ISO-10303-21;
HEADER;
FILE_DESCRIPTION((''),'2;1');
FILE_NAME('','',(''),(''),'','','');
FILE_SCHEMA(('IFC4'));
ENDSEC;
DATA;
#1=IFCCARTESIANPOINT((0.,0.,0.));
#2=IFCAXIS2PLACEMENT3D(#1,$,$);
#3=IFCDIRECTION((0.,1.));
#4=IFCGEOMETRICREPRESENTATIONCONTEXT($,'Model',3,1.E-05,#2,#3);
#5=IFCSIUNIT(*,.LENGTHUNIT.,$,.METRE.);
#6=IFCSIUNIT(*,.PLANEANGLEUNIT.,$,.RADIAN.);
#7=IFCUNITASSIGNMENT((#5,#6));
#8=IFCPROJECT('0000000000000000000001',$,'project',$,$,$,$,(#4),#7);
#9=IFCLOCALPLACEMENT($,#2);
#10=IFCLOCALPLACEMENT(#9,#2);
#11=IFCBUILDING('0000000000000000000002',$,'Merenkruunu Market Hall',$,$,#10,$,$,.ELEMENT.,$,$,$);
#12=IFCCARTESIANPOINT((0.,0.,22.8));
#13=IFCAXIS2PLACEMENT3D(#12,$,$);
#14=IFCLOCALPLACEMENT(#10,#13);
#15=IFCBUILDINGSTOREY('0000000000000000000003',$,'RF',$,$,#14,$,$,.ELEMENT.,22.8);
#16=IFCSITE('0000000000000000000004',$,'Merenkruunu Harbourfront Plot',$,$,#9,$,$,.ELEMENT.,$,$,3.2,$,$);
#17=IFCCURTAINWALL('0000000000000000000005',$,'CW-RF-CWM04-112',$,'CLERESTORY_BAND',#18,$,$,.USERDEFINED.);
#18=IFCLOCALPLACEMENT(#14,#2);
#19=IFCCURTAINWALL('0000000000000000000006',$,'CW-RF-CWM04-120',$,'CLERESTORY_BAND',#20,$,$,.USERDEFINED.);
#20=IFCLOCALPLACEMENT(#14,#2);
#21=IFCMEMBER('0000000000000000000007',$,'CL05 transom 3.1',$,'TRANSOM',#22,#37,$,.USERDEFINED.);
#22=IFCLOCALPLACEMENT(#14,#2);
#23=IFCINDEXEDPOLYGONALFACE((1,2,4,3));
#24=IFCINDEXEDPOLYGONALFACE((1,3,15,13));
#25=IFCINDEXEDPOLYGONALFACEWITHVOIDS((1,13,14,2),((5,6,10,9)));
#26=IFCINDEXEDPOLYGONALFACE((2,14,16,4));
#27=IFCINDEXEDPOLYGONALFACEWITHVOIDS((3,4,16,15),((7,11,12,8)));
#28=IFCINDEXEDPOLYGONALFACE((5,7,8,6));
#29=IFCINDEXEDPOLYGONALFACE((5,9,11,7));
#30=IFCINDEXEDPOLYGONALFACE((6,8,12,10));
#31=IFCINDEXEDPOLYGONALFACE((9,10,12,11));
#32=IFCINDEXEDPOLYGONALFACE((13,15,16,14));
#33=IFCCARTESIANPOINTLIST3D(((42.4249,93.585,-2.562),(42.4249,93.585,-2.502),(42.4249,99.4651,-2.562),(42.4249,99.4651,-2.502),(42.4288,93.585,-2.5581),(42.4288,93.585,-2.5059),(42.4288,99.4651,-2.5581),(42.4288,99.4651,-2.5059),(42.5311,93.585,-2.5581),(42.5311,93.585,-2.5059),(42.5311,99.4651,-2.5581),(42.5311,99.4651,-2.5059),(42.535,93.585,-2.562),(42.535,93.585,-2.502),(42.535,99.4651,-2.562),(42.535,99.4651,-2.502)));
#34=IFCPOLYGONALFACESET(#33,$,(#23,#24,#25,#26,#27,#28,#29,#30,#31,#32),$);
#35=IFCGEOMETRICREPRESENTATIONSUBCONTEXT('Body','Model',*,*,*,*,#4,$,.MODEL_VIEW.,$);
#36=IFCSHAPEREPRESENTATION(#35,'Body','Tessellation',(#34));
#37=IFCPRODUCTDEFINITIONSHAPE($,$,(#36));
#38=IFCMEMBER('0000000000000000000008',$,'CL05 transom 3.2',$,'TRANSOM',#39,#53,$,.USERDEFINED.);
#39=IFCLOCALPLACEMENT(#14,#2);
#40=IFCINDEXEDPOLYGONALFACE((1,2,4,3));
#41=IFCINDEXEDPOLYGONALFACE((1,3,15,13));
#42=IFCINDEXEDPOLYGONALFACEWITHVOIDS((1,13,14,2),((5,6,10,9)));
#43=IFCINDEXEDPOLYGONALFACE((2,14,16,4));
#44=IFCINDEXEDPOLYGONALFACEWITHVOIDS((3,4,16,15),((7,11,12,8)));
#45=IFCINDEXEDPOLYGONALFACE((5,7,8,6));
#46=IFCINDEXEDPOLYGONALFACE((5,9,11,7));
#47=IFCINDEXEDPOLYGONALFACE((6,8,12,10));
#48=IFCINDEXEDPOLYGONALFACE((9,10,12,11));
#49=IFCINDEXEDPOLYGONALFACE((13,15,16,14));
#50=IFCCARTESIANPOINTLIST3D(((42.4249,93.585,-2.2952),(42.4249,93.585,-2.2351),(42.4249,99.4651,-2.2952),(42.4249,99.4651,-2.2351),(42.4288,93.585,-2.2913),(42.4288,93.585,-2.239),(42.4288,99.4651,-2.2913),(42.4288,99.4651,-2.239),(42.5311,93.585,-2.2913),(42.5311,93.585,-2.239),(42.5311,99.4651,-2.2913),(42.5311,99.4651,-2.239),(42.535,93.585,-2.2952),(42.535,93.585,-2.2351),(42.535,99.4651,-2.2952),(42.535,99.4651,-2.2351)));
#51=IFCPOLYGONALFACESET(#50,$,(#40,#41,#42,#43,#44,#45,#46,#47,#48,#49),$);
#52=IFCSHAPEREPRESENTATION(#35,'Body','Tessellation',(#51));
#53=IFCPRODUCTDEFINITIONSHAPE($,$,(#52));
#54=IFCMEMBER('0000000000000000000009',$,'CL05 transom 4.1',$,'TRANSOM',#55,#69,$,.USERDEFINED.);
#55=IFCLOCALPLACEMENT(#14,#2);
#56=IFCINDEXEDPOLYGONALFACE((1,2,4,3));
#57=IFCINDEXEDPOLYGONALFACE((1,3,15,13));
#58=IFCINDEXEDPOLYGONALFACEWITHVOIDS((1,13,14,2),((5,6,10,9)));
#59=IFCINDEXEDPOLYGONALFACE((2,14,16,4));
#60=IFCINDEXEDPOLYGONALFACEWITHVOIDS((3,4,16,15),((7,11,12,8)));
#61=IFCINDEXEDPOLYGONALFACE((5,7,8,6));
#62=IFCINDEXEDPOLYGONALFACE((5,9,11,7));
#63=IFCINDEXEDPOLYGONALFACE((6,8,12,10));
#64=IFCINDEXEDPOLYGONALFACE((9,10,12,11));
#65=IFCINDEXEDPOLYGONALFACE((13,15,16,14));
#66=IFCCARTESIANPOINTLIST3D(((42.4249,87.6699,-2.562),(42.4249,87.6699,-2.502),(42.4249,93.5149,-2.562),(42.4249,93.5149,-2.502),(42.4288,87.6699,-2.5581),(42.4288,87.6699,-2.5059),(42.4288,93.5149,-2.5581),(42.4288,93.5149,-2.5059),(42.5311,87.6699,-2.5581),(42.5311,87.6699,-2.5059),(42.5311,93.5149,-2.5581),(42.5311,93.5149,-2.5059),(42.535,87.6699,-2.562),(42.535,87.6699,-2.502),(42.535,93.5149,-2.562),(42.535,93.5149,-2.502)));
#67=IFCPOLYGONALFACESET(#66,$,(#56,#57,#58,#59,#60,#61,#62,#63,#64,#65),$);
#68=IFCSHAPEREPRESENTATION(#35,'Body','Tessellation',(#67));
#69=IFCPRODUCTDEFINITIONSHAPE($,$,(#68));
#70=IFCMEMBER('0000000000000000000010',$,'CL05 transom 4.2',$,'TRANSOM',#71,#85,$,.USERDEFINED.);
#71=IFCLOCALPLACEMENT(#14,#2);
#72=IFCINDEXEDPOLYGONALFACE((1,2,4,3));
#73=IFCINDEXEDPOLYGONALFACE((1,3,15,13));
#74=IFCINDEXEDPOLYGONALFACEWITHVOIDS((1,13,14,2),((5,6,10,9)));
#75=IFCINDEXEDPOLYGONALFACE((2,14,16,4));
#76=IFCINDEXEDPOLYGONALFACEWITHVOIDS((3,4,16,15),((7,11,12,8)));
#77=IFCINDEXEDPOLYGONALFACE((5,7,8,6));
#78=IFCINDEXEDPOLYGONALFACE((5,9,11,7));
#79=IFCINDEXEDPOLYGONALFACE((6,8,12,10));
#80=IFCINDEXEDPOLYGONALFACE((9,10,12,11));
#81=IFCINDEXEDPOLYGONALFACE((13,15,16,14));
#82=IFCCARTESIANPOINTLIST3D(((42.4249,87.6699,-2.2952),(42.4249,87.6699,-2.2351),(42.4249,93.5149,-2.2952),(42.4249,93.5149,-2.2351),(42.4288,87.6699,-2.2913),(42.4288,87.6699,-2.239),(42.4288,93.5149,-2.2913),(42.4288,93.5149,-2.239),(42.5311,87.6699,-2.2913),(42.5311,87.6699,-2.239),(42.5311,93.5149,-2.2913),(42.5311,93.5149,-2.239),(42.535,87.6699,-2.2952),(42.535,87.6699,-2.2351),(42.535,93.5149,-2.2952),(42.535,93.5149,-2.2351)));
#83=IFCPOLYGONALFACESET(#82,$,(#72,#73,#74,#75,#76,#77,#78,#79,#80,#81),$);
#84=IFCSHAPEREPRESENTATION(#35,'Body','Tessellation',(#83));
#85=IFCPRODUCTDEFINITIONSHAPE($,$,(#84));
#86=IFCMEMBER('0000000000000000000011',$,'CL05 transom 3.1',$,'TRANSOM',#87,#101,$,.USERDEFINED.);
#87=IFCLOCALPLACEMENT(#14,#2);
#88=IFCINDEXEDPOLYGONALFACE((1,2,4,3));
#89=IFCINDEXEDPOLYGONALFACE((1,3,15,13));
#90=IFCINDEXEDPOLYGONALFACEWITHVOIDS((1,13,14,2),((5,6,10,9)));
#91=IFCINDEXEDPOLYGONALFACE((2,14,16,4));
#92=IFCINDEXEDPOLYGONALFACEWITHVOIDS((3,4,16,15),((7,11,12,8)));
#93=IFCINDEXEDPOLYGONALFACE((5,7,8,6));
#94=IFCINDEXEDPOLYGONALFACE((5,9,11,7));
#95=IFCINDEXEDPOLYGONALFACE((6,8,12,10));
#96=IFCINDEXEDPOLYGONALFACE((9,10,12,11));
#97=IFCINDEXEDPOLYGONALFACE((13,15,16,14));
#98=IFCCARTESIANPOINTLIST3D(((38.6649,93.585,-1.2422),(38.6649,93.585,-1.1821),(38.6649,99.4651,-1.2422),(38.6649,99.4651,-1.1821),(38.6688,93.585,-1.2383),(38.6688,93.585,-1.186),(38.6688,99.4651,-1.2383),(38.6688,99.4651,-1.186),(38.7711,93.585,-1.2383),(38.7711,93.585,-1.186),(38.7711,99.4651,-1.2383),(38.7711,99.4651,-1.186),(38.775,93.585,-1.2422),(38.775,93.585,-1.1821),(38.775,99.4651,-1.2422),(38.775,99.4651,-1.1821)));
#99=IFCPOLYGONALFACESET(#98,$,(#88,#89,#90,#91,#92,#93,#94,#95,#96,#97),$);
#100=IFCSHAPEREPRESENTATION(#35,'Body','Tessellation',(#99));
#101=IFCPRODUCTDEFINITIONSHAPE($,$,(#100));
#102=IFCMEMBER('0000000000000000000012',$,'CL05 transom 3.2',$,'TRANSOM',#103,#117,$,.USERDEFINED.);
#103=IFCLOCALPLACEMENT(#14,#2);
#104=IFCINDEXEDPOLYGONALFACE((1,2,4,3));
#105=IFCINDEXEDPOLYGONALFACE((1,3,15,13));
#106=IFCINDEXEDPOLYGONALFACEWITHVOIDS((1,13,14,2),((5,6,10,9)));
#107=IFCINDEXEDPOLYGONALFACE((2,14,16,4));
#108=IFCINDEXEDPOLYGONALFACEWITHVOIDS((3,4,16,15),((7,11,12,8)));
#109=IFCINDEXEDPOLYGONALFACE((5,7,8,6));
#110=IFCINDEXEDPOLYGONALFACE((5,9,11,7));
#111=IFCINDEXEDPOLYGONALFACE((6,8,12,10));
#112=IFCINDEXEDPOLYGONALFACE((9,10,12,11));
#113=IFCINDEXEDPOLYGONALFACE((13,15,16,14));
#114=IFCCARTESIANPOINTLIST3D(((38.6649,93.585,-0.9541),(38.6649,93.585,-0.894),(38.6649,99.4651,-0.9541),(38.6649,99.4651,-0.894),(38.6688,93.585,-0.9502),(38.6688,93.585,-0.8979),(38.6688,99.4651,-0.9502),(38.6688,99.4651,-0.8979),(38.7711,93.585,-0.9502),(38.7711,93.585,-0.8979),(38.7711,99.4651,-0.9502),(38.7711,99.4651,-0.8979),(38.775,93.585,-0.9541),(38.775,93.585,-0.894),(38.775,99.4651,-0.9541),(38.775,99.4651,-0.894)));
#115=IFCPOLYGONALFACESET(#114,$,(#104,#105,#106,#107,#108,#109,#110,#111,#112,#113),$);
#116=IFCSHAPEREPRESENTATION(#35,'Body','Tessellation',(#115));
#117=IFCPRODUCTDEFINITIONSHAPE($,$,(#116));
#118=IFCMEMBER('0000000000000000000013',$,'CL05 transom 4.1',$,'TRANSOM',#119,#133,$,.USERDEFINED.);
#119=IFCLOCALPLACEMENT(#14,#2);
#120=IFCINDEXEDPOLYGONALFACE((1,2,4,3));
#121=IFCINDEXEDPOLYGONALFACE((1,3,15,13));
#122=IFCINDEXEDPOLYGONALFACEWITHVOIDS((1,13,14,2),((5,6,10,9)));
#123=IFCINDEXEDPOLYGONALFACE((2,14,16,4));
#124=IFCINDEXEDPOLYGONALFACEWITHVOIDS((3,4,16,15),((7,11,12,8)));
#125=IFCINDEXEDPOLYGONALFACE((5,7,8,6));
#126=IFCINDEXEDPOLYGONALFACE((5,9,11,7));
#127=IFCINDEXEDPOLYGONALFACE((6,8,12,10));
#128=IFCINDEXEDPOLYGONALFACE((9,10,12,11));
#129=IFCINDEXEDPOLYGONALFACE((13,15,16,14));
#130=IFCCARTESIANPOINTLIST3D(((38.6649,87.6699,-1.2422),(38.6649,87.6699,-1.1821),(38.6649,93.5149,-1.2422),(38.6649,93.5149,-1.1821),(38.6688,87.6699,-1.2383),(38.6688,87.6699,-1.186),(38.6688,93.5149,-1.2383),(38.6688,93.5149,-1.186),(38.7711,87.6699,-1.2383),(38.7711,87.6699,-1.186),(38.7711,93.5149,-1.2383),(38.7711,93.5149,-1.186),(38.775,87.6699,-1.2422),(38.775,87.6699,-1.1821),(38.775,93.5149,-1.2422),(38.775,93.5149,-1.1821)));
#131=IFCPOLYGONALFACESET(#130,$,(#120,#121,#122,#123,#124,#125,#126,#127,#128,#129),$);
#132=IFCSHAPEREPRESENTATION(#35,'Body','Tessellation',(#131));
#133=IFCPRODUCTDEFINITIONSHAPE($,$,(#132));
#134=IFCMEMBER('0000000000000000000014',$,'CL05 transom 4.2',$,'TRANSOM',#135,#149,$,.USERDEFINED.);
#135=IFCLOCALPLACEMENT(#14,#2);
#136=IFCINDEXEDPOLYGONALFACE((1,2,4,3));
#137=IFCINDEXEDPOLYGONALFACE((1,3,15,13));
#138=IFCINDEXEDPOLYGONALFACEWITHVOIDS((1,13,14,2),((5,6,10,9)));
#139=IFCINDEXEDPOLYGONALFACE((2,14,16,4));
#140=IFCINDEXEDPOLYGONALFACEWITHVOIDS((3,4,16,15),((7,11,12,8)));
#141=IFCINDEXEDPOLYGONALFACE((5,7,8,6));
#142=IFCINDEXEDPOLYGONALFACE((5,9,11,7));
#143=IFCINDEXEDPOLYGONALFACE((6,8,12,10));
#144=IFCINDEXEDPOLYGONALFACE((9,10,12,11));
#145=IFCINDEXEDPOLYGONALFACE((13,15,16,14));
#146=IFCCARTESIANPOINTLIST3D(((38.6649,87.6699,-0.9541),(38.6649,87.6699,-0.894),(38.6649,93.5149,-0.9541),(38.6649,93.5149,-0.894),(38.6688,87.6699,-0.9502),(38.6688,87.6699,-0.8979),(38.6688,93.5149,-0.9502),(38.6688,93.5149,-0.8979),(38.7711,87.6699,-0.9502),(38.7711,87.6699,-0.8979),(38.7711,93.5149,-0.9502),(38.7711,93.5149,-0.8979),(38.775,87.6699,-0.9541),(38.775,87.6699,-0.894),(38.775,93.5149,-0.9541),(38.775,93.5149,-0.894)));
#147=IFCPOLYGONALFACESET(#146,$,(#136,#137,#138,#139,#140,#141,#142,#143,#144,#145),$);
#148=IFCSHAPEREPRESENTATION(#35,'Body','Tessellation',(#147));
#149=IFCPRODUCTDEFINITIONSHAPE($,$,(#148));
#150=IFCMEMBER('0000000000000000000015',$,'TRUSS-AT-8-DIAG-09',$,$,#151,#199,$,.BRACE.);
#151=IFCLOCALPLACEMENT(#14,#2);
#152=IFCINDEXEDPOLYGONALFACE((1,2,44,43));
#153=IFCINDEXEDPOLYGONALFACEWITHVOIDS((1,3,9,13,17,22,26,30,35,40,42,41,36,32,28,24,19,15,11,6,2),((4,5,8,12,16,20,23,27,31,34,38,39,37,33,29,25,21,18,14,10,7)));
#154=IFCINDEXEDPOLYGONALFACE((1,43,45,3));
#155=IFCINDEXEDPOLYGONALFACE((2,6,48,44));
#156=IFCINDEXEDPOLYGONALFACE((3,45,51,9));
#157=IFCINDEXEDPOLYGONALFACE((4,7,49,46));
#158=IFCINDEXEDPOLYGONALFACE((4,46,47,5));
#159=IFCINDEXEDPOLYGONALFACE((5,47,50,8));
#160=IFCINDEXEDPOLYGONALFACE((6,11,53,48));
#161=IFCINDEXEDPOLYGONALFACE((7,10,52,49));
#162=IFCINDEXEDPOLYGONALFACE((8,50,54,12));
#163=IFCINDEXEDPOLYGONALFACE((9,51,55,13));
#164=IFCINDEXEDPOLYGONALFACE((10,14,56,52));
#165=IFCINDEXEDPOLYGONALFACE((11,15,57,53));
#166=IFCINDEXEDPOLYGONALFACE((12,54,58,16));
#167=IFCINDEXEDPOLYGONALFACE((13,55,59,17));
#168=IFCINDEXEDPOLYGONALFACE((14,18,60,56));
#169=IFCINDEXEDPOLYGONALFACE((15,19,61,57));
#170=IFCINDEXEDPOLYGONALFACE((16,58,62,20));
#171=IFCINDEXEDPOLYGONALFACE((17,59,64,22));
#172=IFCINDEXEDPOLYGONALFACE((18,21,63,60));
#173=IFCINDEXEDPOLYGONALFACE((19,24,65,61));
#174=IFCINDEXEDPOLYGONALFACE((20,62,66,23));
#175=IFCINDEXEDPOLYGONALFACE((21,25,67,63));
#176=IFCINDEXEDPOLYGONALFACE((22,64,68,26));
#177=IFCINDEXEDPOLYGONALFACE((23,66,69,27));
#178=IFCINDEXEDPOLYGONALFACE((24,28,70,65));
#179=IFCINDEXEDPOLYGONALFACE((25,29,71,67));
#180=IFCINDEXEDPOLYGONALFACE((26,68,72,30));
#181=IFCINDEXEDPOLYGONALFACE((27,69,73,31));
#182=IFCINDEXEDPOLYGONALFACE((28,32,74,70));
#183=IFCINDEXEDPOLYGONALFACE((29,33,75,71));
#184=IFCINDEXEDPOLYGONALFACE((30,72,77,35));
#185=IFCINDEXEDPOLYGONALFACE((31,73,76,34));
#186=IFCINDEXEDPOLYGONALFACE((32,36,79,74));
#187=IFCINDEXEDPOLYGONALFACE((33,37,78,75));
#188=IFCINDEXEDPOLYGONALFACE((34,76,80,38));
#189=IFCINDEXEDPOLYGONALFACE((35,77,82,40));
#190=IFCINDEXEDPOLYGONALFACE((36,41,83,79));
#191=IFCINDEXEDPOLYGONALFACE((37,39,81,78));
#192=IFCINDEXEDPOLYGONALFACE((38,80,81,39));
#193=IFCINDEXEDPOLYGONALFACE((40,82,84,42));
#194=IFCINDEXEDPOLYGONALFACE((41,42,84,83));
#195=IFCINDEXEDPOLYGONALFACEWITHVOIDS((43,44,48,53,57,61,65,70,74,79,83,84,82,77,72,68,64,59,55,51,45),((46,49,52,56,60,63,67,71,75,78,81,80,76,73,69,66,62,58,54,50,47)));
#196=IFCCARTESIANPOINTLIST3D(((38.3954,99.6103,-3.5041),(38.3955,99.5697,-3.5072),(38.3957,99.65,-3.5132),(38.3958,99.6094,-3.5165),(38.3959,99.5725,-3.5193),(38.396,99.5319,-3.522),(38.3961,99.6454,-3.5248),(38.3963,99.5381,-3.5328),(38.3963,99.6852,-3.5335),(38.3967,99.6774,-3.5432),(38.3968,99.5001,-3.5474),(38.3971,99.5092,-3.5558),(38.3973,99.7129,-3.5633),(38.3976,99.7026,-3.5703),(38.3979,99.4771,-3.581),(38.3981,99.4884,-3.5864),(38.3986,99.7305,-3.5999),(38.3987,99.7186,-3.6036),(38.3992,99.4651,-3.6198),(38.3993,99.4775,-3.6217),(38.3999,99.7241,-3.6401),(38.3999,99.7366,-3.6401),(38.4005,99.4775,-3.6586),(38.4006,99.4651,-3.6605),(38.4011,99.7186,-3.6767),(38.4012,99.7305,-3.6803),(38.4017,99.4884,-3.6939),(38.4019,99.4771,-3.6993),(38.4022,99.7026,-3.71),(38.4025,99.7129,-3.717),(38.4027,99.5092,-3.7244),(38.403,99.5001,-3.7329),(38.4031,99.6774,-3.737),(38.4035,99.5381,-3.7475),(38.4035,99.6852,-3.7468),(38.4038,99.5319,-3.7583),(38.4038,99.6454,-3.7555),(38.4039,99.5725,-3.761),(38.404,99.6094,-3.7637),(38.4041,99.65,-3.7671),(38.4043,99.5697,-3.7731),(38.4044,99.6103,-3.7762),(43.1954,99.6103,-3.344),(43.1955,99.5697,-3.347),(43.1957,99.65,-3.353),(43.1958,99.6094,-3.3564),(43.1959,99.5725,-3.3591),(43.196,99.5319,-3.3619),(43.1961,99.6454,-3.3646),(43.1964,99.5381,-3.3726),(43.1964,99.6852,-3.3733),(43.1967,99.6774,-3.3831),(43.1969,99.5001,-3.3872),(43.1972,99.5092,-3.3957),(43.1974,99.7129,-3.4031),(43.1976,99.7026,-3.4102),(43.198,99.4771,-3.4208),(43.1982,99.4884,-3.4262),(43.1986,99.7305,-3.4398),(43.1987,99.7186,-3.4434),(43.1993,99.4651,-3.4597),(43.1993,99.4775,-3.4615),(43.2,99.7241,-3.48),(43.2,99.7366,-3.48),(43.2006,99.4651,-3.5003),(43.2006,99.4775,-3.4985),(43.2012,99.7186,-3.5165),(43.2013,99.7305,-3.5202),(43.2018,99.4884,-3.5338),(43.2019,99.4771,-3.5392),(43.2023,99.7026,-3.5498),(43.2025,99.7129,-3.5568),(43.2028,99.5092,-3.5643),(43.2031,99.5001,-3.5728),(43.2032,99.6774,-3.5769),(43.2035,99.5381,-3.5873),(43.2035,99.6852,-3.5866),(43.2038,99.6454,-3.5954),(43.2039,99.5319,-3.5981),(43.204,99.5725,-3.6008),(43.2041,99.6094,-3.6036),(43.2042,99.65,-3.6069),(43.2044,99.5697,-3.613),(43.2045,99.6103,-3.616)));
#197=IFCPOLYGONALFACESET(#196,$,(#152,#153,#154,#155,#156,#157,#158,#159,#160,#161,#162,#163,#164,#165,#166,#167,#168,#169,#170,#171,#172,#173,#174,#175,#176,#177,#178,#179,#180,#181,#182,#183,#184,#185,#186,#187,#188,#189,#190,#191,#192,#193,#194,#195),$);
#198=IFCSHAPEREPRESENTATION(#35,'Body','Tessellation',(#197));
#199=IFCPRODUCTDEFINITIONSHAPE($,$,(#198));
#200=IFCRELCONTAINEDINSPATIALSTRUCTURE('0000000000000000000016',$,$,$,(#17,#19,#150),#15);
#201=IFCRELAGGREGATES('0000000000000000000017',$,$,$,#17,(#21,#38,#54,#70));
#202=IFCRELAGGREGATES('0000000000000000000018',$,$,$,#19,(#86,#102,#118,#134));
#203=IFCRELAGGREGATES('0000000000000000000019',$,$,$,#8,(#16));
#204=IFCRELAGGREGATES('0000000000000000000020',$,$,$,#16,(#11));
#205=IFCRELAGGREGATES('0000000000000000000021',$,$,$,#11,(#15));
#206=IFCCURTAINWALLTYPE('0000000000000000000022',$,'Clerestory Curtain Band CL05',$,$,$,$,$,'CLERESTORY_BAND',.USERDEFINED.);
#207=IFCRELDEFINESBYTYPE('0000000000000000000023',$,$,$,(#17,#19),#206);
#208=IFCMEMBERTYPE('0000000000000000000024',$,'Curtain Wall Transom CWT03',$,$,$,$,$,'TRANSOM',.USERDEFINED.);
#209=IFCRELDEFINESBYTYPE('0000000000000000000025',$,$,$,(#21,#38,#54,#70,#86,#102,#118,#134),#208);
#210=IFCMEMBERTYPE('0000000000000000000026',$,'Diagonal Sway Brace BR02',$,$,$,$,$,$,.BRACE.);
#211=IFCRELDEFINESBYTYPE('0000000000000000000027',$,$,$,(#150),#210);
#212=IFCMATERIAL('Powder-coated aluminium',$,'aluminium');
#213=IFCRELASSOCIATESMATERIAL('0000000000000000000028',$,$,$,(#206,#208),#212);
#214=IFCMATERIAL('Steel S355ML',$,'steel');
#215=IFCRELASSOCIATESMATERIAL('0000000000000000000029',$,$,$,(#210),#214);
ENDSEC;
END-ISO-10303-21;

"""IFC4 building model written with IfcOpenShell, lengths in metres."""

from ifc_helpers import new_model, si_unit, direction, frame, origin, origin_2d, place, context, subcontext, project, spatial, hollow_rectangle, hollow_circle, extrude, material, material_profile, profile_set, type_object, element, aggregate, save


model = new_model("IFC4")

# Units and contexts
model_context = context("Model", 3, precision=1e-05, world=origin(), true_north=direction((0.0, 1.0)))
body_context = subcontext(model_context, "Body", "Model", "MODEL_VIEW")
ifc_project = project(units=[si_unit("LENGTHUNIT", "METRE"), si_unit("PLANEANGLEUNIT", "RADIAN")], contexts=[model_context])

# Site, building, storey
site_placement = place(None, origin())
site = spatial("IfcSite", under=ifc_project, at=site_placement, Name="Merenkruunu Harbourfront Plot", CompositionType="ELEMENT", RefElevation=3.2)
building_placement = place(site_placement, origin())
building = spatial("IfcBuilding", under=site, at=building_placement, Name="Merenkruunu Market Hall", CompositionType="ELEMENT")
storey_placement = place(building_placement, frame((0.0, 0.0, 22.8)))
storey = spatial("IfcBuildingStorey", under=building, at=storey_placement, Name="RF", CompositionType="ELEMENT", Elevation=22.8)

# Shared definitions
ifc_material_1 = material(Name="Steel S355ML", Category="steel")

# Curtain walls
ifc_material_2 = material(Name="Powder-coated aluminium", Category="aluminium")
curtain_wall_type = type_object("IfcCurtainWallType", Name="Clerestory Curtain Band CL05", ElementType="CLERESTORY_BAND", PredefinedType="USERDEFINED", material=ifc_material_2)
curtain_wall_1_placement = place(storey_placement, origin())
curtain_wall_1 = element("IfcCurtainWall", 1, at=curtain_wall_1_placement, inside=storey, type_object=curtain_wall_type, Name="CW-RF-CWM04-112", ObjectType="CLERESTORY_BAND", PredefinedType="USERDEFINED")
curtain_wall_2_placement = place(storey_placement, origin())
curtain_wall_2 = element("IfcCurtainWall", 2, at=curtain_wall_2_placement, inside=storey, type_object=curtain_wall_type, Name="CW-RF-CWM04-120", ObjectType="CLERESTORY_BAND", PredefinedType="USERDEFINED")

# Members
ifc_material_profile_1 = material_profile(ifc_material_2, hollow_rectangle(XDim=0.0601, YDim=0.1101, WallThickness=0.0039, at=origin_2d()), Name="ALU 60x110x4")
ifc_profile_set_1 = profile_set([ifc_material_profile_1], Name="Powder-coated aluminium")
member_type_1 = type_object("IfcMemberType", Name="Curtain Wall Transom CWT03", ElementType="TRANSOM", PredefinedType="USERDEFINED", material=ifc_profile_set_1)
member_1_placement = place(storey_placement, frame((42.48, 99.4651, -2.532), z_axis=(0.0, -1.0, 0.0), x_axis=(0.0, 0.0, 1.0)))
member_1 = element("IfcMember", 3, at=member_1_placement, type_object=member_type_1, Name="CL05 transom 3.1", ObjectType="TRANSOM", PredefinedType="USERDEFINED", context=body_context, shape_type="SweptSolid", body=[
    extrude(hollow_rectangle(XDim=0.0601, YDim=0.1101, WallThickness=0.0039, at=origin_2d()), origin(), (0.0, 0.0, 1.0), 5.8801),
])
member_2_placement = place(storey_placement, frame((42.48, 99.4651, -2.2651), z_axis=(0.0, -1.0, 0.0), x_axis=(0.0, 0.0, 1.0)))
member_2 = element("IfcMember", 4, at=member_2_placement, type_object=member_type_1, Name="CL05 transom 3.2", ObjectType="TRANSOM", PredefinedType="USERDEFINED", context=body_context, shape_type="SweptSolid", body=[
    extrude(hollow_rectangle(XDim=0.0601, YDim=0.1101, WallThickness=0.0039, at=origin_2d()), origin(), (0.0, 0.0, 1.0), 5.8801),
])
member_3_placement = place(storey_placement, frame((42.48, 93.5149, -2.532), z_axis=(0.0, -1.0, 0.0), x_axis=(0.0, 0.0, 1.0)))
member_3 = element("IfcMember", 5, at=member_3_placement, type_object=member_type_1, Name="CL05 transom 4.1", ObjectType="TRANSOM", PredefinedType="USERDEFINED", context=body_context, shape_type="SweptSolid", body=[
    extrude(hollow_rectangle(XDim=0.0601, YDim=0.1101, WallThickness=0.0039, at=origin_2d()), origin(), (0.0, 0.0, 1.0), 5.845),
])
member_4_placement = place(storey_placement, frame((42.48, 93.5149, -2.2651), z_axis=(0.0, -1.0, 0.0), x_axis=(0.0, 0.0, 1.0)))
member_4 = element("IfcMember", 6, at=member_4_placement, type_object=member_type_1, Name="CL05 transom 4.2", ObjectType="TRANSOM", PredefinedType="USERDEFINED", context=body_context, shape_type="SweptSolid", body=[
    extrude(hollow_rectangle(XDim=0.0601, YDim=0.1101, WallThickness=0.0039, at=origin_2d()), origin(), (0.0, 0.0, 1.0), 5.845),
])
member_5_placement = place(storey_placement, frame((38.72, 99.4651, -1.2122), z_axis=(0.0, -1.0, 0.0), x_axis=(0.0, 0.0, 1.0)))
member_5 = element("IfcMember", 7, at=member_5_placement, type_object=member_type_1, Name="CL05 transom 3.1", ObjectType="TRANSOM", PredefinedType="USERDEFINED", context=body_context, shape_type="SweptSolid", body=[
    extrude(hollow_rectangle(XDim=0.0601, YDim=0.1101, WallThickness=0.0039, at=origin_2d()), origin(), (0.0, 0.0, 1.0), 5.8801),
])
member_6_placement = place(storey_placement, frame((38.72, 99.4651, -0.9241), z_axis=(0.0, -1.0, 0.0), x_axis=(0.0, 0.0, 1.0)))
member_6 = element("IfcMember", 8, at=member_6_placement, type_object=member_type_1, Name="CL05 transom 3.2", ObjectType="TRANSOM", PredefinedType="USERDEFINED", context=body_context, shape_type="SweptSolid", body=[
    extrude(hollow_rectangle(XDim=0.0601, YDim=0.1101, WallThickness=0.0039, at=origin_2d()), origin(), (0.0, 0.0, 1.0), 5.8801),
])
member_7_placement = place(storey_placement, frame((38.72, 93.5149, -1.2122), z_axis=(0.0, -1.0, 0.0), x_axis=(0.0, 0.0, 1.0)))
member_7 = element("IfcMember", 9, at=member_7_placement, type_object=member_type_1, Name="CL05 transom 4.1", ObjectType="TRANSOM", PredefinedType="USERDEFINED", context=body_context, shape_type="SweptSolid", body=[
    extrude(hollow_rectangle(XDim=0.0601, YDim=0.1101, WallThickness=0.0039, at=origin_2d()), origin(), (0.0, 0.0, 1.0), 5.845),
])
member_8_placement = place(storey_placement, frame((38.72, 93.5149, -0.9241), z_axis=(0.0, -1.0, 0.0), x_axis=(0.0, 0.0, 1.0)))
member_8 = element("IfcMember", 10, at=member_8_placement, type_object=member_type_1, Name="CL05 transom 4.2", ObjectType="TRANSOM", PredefinedType="USERDEFINED", context=body_context, shape_type="SweptSolid", body=[
    extrude(hollow_rectangle(XDim=0.0601, YDim=0.1101, WallThickness=0.0039, at=origin_2d()), origin(), (0.0, 0.0, 1.0), 5.845),
])

# Member
ifc_material_profile_2 = material_profile(ifc_material_1, hollow_circle(Radius=0.1365, WallThickness=0.0125, at=origin_2d()), Name="CHS 273x12.5")
ifc_profile_set_2 = profile_set([ifc_material_profile_2], Name="Steel S355ML")
member_type_2 = type_object("IfcMemberType", Name="Diagonal Sway Brace BR02", PredefinedType="BRACE", material=ifc_profile_set_2)
member_9_placement = place(storey_placement, frame((38.3999, 99.6001, -3.6401), z_axis=(0.999444, 0.0, 0.033347), x_axis=(0.0, 1.0, 0.0)))
element("IfcMember", 11, at=member_9_placement, inside=storey, type_object=member_type_2, Name="TRUSS-AT-8-DIAG-09", PredefinedType="BRACE", context=body_context, shape_type="SweptSolid", body=[
    extrude(hollow_circle(Radius=0.1365, WallThickness=0.0125, at=origin_2d()), origin(), (0.0, 0.0, 1.0), 4.8027),
])

aggregate(curtain_wall_1, [member_1, member_2, member_3, member_4])
aggregate(curtain_wall_2, [member_5, member_6, member_7, member_8])

save(model, "model.ifc")
